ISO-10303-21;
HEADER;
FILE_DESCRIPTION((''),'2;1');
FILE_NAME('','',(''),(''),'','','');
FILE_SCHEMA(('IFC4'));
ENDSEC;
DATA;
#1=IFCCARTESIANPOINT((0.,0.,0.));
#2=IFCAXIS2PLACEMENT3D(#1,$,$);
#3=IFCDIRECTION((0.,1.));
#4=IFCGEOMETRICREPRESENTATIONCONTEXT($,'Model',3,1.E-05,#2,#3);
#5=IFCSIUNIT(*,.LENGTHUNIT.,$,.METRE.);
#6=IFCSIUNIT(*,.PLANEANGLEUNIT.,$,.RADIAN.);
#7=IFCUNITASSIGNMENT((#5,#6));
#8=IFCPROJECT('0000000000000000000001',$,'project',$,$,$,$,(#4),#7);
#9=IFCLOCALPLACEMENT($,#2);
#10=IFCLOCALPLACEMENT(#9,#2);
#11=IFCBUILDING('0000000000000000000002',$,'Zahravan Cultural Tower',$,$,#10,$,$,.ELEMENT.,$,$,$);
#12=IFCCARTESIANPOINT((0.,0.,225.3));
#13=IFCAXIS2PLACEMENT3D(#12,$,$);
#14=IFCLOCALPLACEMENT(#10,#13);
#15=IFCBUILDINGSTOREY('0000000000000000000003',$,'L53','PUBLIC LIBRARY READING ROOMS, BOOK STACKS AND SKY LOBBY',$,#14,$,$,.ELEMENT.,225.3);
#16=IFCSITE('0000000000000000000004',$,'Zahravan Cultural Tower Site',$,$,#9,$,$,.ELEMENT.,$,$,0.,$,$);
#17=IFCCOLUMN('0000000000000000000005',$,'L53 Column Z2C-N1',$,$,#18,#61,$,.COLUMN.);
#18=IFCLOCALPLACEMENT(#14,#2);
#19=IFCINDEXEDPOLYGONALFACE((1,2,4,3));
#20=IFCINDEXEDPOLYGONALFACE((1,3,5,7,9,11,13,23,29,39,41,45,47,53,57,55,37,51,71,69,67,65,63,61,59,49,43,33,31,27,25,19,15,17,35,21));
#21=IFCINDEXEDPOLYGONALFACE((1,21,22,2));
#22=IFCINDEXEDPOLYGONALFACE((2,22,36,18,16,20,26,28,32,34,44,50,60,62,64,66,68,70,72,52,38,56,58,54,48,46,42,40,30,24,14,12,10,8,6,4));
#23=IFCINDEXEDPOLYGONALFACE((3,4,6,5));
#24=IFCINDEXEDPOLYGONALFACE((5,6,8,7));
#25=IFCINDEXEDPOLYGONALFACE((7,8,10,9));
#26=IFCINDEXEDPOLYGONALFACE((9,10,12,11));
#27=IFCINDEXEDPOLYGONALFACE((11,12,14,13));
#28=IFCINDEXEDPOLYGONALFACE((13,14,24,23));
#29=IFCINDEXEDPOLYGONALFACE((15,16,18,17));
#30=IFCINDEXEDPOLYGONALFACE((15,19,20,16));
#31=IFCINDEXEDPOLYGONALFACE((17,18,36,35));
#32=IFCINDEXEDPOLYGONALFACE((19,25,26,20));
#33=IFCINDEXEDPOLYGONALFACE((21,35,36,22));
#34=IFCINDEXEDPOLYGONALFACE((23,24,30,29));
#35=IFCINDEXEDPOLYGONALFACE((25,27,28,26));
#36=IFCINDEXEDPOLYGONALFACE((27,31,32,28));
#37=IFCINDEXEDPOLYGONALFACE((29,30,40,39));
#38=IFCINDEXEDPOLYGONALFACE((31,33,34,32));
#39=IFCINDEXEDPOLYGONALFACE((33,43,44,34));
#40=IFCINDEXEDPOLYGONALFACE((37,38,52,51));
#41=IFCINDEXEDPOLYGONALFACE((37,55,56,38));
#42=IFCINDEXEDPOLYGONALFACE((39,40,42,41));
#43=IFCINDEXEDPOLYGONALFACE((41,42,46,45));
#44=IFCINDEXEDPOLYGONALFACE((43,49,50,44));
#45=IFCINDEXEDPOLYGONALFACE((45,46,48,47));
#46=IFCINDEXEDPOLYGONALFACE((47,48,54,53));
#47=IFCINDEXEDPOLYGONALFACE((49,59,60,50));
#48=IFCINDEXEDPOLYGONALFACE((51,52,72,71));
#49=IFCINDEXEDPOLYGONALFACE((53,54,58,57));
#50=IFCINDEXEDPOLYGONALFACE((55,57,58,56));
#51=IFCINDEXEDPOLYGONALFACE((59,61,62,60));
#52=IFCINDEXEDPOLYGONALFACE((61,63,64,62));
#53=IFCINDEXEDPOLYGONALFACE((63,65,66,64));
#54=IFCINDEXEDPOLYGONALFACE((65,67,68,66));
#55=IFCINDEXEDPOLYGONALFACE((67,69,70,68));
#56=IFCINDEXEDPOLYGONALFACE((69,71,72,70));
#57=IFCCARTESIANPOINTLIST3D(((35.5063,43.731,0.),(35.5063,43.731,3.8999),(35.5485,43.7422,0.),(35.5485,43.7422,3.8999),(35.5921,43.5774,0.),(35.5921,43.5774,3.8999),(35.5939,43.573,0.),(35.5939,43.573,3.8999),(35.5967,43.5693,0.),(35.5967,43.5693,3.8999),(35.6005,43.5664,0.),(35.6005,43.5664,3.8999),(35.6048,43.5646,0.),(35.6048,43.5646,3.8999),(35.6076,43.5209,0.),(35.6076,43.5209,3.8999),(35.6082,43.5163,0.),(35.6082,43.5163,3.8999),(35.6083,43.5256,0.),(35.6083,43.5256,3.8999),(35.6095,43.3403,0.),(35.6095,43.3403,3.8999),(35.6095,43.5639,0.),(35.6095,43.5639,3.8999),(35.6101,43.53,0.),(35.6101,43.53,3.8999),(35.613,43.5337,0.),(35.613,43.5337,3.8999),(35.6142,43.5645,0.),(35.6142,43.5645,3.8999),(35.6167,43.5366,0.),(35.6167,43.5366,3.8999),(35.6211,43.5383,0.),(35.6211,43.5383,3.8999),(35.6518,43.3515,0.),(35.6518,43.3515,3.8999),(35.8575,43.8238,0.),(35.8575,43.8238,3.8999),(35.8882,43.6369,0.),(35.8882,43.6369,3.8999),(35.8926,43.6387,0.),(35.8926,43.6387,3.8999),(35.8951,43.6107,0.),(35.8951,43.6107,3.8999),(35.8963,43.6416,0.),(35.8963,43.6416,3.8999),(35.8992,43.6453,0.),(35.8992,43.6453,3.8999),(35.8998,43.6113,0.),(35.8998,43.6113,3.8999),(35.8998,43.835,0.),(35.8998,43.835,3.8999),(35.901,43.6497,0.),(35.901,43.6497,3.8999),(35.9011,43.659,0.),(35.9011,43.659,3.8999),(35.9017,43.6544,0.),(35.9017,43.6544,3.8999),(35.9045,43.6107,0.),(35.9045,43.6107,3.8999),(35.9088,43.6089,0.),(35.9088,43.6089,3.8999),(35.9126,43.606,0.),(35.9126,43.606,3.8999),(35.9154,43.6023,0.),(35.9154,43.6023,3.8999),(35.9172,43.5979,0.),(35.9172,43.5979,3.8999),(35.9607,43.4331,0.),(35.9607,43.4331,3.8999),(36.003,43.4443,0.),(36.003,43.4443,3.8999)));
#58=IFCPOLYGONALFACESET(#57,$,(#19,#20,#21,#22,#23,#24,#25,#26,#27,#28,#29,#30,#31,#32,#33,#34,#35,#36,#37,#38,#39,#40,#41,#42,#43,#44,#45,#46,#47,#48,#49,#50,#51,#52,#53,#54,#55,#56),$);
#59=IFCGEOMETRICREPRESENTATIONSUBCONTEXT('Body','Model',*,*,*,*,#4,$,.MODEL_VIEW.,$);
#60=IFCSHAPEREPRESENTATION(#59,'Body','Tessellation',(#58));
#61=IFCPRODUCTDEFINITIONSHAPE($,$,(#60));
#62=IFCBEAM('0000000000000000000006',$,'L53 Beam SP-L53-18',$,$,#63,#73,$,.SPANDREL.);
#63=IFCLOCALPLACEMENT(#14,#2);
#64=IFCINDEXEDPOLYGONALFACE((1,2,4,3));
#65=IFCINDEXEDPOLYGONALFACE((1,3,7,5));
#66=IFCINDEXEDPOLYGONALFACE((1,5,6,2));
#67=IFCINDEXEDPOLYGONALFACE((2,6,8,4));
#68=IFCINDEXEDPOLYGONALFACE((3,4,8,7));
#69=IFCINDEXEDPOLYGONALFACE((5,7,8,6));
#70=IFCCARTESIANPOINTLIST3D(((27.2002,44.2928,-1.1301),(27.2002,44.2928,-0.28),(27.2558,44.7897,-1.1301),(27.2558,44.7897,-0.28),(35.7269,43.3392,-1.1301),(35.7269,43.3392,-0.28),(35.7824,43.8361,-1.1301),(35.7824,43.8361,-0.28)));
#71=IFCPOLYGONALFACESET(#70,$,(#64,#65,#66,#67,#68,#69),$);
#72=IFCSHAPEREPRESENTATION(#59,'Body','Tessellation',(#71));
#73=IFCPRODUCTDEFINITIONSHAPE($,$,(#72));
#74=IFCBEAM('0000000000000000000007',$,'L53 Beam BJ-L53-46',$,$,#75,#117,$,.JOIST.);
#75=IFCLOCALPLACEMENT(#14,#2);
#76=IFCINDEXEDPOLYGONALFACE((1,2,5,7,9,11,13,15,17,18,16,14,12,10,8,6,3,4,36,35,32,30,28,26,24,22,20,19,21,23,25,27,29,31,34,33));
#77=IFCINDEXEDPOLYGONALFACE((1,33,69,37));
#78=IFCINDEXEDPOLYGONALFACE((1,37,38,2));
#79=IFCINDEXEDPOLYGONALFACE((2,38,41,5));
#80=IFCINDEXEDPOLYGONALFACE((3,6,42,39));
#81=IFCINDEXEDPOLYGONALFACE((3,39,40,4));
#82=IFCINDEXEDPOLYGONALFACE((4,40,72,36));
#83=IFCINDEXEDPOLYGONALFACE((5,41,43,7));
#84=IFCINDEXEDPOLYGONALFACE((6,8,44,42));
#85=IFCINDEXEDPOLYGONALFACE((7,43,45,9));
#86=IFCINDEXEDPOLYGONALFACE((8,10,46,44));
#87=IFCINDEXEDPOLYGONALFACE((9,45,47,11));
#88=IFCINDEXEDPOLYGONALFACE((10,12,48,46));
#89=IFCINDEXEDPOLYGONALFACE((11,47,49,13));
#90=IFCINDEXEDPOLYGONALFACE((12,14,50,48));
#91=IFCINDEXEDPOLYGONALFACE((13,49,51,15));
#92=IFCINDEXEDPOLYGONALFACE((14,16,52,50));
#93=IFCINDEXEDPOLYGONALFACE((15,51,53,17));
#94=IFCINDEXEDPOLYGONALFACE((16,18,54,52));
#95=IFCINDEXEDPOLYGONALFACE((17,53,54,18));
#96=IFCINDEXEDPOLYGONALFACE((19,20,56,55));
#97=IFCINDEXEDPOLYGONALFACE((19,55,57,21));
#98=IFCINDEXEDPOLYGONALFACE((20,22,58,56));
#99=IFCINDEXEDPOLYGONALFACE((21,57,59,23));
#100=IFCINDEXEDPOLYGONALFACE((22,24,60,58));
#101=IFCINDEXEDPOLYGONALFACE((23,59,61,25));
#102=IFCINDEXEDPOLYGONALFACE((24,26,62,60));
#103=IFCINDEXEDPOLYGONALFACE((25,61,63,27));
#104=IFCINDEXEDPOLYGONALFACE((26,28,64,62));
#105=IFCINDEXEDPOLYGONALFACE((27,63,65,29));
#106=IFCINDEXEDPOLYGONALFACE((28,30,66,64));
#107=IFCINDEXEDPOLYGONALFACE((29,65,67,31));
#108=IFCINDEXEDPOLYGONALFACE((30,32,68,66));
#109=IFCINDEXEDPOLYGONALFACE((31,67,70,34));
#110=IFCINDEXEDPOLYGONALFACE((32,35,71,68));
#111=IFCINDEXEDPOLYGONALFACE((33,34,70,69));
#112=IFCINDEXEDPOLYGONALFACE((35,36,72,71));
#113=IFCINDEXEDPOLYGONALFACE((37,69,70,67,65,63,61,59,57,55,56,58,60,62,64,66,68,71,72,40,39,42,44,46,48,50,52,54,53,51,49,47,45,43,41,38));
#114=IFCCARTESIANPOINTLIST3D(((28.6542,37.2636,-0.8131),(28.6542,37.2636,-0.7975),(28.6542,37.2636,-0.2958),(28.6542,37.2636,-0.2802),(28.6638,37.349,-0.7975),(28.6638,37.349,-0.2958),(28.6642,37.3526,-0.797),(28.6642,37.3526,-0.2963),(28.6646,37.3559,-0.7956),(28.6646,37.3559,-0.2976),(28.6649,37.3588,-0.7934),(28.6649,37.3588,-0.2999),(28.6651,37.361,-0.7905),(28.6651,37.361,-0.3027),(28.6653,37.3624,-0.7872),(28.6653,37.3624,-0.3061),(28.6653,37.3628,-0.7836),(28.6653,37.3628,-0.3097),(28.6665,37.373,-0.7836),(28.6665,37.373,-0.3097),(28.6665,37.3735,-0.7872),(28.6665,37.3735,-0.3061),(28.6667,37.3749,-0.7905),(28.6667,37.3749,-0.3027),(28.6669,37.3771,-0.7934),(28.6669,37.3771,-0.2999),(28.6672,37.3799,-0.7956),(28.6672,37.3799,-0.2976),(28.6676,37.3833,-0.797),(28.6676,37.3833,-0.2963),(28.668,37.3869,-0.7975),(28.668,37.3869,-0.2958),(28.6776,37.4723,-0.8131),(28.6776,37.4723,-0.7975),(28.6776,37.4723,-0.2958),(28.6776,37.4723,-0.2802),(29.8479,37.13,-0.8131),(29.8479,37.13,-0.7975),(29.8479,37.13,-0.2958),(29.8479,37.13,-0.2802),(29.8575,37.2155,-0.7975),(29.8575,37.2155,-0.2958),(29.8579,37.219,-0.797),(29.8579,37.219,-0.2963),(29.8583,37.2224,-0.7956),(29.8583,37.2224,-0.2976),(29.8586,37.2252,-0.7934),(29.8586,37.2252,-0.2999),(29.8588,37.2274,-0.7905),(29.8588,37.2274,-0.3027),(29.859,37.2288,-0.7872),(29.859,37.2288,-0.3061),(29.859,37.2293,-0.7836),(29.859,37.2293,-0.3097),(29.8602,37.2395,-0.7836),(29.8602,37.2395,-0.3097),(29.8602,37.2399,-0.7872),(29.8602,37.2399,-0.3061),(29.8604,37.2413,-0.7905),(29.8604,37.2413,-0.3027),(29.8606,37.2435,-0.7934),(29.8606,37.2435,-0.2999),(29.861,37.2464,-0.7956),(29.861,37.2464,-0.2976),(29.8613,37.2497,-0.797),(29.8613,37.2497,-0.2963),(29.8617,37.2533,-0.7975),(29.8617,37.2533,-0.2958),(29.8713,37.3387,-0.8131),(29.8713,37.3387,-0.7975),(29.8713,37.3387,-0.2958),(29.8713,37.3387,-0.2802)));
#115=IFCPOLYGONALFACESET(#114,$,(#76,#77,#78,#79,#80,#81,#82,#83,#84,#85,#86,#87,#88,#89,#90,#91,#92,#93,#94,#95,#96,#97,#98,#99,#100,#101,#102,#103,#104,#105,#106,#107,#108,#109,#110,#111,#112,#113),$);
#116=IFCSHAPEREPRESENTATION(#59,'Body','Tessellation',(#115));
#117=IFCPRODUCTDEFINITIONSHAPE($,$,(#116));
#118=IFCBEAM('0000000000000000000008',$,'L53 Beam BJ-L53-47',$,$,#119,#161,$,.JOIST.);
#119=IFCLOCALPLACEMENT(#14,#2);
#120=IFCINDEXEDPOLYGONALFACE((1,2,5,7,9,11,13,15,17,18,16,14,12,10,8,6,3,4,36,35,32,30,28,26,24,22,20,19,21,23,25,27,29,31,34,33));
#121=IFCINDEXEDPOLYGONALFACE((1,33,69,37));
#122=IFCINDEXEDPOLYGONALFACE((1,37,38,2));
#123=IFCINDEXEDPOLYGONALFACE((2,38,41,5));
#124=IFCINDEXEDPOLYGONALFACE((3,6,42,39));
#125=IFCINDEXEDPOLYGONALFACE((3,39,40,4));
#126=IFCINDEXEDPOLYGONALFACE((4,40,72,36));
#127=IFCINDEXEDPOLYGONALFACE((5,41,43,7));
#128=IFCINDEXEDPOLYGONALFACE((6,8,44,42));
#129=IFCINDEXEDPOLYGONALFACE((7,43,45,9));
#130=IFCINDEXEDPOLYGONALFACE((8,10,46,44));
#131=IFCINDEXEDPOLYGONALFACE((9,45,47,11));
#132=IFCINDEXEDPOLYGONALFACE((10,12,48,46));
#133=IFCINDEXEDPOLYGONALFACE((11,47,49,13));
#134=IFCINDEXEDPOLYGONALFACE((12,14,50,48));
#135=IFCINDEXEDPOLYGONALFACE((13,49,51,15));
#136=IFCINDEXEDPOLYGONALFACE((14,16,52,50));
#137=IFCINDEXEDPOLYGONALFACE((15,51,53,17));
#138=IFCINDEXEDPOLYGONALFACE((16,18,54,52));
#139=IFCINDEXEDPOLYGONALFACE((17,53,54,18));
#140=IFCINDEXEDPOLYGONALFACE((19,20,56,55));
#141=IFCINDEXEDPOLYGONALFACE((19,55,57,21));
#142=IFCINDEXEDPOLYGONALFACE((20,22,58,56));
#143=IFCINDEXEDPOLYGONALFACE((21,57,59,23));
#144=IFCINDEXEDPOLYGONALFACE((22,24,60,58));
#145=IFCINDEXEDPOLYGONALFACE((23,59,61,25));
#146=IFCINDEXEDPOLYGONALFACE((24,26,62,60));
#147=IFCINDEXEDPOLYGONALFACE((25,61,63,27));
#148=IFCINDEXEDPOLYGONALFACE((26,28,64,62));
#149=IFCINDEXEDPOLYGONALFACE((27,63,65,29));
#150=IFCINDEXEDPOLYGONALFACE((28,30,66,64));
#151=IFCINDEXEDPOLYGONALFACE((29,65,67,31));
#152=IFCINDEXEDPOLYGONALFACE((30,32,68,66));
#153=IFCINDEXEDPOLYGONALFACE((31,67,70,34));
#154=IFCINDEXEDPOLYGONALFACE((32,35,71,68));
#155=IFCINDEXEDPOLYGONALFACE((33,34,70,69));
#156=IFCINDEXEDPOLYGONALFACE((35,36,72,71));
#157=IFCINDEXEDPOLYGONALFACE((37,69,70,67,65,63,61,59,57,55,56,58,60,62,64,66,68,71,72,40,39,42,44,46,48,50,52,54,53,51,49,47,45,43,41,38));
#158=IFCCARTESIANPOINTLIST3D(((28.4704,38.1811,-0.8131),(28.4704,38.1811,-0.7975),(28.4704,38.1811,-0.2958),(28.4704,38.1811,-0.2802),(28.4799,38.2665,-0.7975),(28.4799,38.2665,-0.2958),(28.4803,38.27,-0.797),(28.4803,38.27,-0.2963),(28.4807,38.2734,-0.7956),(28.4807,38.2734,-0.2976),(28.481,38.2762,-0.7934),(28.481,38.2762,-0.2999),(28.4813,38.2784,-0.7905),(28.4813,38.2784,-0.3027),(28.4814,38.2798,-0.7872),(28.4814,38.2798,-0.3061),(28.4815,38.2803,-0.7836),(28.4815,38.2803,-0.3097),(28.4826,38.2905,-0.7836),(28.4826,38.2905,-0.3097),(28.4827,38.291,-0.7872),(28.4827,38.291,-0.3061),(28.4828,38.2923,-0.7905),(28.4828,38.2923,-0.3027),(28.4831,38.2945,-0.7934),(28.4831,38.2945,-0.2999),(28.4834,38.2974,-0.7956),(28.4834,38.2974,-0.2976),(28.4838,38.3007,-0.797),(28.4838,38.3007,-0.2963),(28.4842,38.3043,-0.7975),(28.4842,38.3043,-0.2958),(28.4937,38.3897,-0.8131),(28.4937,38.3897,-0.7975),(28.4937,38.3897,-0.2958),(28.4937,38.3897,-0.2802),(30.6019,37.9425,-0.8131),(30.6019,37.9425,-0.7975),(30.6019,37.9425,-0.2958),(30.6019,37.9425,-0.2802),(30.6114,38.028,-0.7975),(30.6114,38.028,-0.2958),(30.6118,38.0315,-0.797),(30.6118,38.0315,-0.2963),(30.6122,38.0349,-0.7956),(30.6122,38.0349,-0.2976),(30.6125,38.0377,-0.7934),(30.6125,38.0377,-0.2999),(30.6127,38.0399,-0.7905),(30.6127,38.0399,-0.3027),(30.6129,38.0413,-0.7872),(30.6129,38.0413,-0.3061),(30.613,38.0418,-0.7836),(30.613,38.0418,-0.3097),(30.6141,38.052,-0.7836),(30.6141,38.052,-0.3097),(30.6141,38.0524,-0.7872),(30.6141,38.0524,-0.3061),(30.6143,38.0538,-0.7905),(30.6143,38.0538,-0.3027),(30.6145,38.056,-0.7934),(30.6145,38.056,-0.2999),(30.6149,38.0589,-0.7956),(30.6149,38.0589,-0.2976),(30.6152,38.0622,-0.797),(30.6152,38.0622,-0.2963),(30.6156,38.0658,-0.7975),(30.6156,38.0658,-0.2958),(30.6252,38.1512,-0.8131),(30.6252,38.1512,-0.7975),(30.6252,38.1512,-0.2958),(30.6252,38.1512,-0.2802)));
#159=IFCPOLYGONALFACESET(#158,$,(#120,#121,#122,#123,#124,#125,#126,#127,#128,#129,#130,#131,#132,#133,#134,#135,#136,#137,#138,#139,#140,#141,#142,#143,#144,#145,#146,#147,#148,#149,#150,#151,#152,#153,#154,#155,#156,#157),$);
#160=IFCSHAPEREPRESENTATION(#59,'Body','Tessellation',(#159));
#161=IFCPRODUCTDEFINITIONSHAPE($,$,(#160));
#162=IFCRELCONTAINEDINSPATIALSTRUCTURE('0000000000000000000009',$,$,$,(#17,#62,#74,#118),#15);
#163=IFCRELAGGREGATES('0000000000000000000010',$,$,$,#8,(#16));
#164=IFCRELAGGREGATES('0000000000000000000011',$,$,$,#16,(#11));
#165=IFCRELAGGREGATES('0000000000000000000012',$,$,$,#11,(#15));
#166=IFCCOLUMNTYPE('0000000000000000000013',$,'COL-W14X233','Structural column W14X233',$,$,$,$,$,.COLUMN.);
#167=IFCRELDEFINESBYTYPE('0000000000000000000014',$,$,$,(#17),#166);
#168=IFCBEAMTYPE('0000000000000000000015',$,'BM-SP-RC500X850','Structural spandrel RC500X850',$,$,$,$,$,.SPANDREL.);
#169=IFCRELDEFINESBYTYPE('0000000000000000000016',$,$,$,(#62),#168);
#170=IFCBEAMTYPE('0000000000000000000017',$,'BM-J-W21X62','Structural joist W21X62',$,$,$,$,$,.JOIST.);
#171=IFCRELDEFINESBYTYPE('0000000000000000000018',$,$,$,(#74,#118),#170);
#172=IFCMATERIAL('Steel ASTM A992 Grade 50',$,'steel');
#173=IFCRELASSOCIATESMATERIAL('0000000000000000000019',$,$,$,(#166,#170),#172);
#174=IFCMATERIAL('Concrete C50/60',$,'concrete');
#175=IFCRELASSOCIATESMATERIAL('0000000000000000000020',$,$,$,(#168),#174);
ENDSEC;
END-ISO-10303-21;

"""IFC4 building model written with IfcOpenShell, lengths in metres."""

from ifc_helpers import new_model, si_unit, direction, frame, origin, origin_2d, place, context, subcontext, project, spatial, rectangle, i_section, extrude, source, transform, mapped, material, material_profile, profile_set, type_object, element, save


model = new_model("IFC4")

# Units and contexts
model_context = context("Model", 3, precision=1e-05, world=origin(), true_north=direction((0.0, 1.0)))
body_context = subcontext(model_context, "Body", "Model", "MODEL_VIEW")
ifc_project = project(units=[si_unit("LENGTHUNIT", "METRE"), si_unit("PLANEANGLEUNIT", "RADIAN")], contexts=[model_context])

# Site, building, storey
site_placement = place(None, origin())
site = spatial("IfcSite", under=ifc_project, at=site_placement, Name="Zahravan Cultural Tower Site", CompositionType="ELEMENT", RefElevation=0.0)
building_placement = place(site_placement, origin())
building = spatial("IfcBuilding", under=site, at=building_placement, Name="Zahravan Cultural Tower", CompositionType="ELEMENT")
storey_placement = place(building_placement, frame((0.0, 0.0, 225.3)))
storey = spatial("IfcBuildingStorey", under=building, at=storey_placement, Name="L53", Description="PUBLIC LIBRARY READING ROOMS, BOOK STACKS AND SKY LOBBY", CompositionType="ELEMENT", Elevation=225.3)

# Column
ifc_material_1 = material(Name="Steel ASTM A992 Grade 50", Category="steel")
ifc_material_profile_1 = material_profile(ifc_material_1, i_section(OverallWidth=0.4041, OverallDepth=0.407, WebThickness=0.0271, FlangeThickness=0.0437, FilletRadius=0.0181, at=origin_2d()), Name="W14X233")
ifc_profile_set_1 = profile_set([ifc_material_profile_1], Name="Steel ASTM A992 Grade 50")
column_type = type_object("IfcColumnType", Name="COL-W14X233", Description="Structural column W14X233", PredefinedType="COLUMN", material=ifc_profile_set_1)
shared_shape_1 = source(origin(), body_context, "Body", "SweptSolid", [
    extrude(i_section(OverallWidth=0.4041, OverallDepth=0.407, WebThickness=0.0271, FlangeThickness=0.0437, FilletRadius=0.0181, at=origin_2d()), origin(), (0.0, 0.0, 1.0), 3.8999),
])
column_placement = place(storey_placement, frame((35.7546, 43.5876, 0.0), z_axis=(0.0, 0.0, 1.0), x_axis=(-0.255446, 0.966823, 0.0)))
element("IfcColumn", 1, at=column_placement, inside=storey, type_object=column_type, Name="L53 Column Z2C-N1", PredefinedType="COLUMN", context=body_context, shape_type="MappedRepresentation", body=[
    mapped(shared_shape_1, transform((0.0, 0.0, 0.0), x_axis=(1.0, 0.0, 0.0), y_axis=(0.0, 1.0, 0.0), z_axis=(0.0, 0.0, 1.0), scale=1.0)),
])

# Beams
ifc_material_2 = material(Name="Concrete C50/60", Category="concrete")
ifc_material_profile_2 = material_profile(ifc_material_2, rectangle(XDim=0.5, YDim=0.8501, at=origin_2d()), Name="RC500X850")
ifc_profile_set_2 = profile_set([ifc_material_profile_2], Name="Concrete C50/60")
beam_type_1 = type_object("IfcBeamType", Name="BM-SP-RC500X850", Description="Structural spandrel RC500X850", PredefinedType="SPANDREL", material=ifc_profile_set_2)
shared_shape_2 = source(origin(), body_context, "Body", "SweptSolid", [
    extrude(rectangle(XDim=0.5, YDim=0.8501, at=origin_2d()), origin(), (0.0, 0.0, 1.0), 8.5798),
])
beam_1_placement = place(storey_placement, frame((35.7546, 43.5876, -0.7051), z_axis=(-0.993804, 0.111147, 0.0), x_axis=(-0.111147, -0.993804, 0.0)))
element("IfcBeam", 2, at=beam_1_placement, inside=storey, type_object=beam_type_1, Name="L53 Beam SP-L53-18", PredefinedType="SPANDREL", context=body_context, shape_type="MappedRepresentation", body=[
    mapped(shared_shape_2, transform((0.0, 0.0, 0.0), x_axis=(1.0, 0.0, 0.0), y_axis=(0.0, 1.0, 0.0), z_axis=(0.0, 0.0, 1.0), scale=1.0)),
])
ifc_material_profile_3 = material_profile(ifc_material_1, i_section(OverallWidth=0.21, OverallDepth=0.533, WebThickness=0.0103, FlangeThickness=0.0156, FilletRadius=0.0139, at=origin_2d()), Name="W21X62")
ifc_profile_set_3 = profile_set([ifc_material_profile_3], Name="Steel ASTM A992 Grade 50")
beam_type_2 = type_object("IfcBeamType", Name="BM-J-W21X62", Description="Structural joist W21X62", PredefinedType="JOIST", material=ifc_profile_set_3)
shared_shape_3 = source(origin(), body_context, "Body", "SweptSolid", [
    extrude(i_section(OverallWidth=0.21, OverallDepth=0.533, WebThickness=0.0103, FlangeThickness=0.0156, FilletRadius=0.0139, at=origin_2d()), origin(), (0.0, 0.0, 1.0), 1.2012),
])
beam_2_placement = place(storey_placement, frame((29.8596, 37.2344, -0.5466), z_axis=(-0.993799, 0.11119, 0.0), x_axis=(-0.11119, -0.993799, 0.0)))
element("IfcBeam", 3, at=beam_2_placement, inside=storey, type_object=beam_type_2, Name="L53 Beam BJ-L53-46", PredefinedType="JOIST", context=body_context, shape_type="MappedRepresentation", body=[
    mapped(shared_shape_3, transform((0.0, 0.0, 0.0), x_axis=(1.0, 0.0, 0.0), y_axis=(0.0, 1.0, 0.0), z_axis=(0.0, 0.0, 1.0), scale=1.0)),
])
shared_shape_4 = source(origin(), body_context, "Body", "SweptSolid", [
    extrude(i_section(OverallWidth=0.21, OverallDepth=0.533, WebThickness=0.0103, FlangeThickness=0.0156, FilletRadius=0.0139, at=origin_2d()), origin(), (0.0, 0.0, 1.0), 2.1448),
])
beam_3_placement = place(storey_placement, frame((30.6135, 38.0469, -0.5466), z_axis=(-0.993797, 0.111206, 0.0), x_axis=(-0.111206, -0.993797, 0.0)))
element("IfcBeam", 4, at=beam_3_placement, inside=storey, type_object=beam_type_2, Name="L53 Beam BJ-L53-47", PredefinedType="JOIST", context=body_context, shape_type="MappedRepresentation", body=[
    mapped(shared_shape_4, transform((0.0, 0.0, 0.0), x_axis=(1.0, 0.0, 0.0), y_axis=(0.0, 1.0, 0.0), z_axis=(0.0, 0.0, 1.0), scale=1.0)),
])

save(model, "model.ifc")
